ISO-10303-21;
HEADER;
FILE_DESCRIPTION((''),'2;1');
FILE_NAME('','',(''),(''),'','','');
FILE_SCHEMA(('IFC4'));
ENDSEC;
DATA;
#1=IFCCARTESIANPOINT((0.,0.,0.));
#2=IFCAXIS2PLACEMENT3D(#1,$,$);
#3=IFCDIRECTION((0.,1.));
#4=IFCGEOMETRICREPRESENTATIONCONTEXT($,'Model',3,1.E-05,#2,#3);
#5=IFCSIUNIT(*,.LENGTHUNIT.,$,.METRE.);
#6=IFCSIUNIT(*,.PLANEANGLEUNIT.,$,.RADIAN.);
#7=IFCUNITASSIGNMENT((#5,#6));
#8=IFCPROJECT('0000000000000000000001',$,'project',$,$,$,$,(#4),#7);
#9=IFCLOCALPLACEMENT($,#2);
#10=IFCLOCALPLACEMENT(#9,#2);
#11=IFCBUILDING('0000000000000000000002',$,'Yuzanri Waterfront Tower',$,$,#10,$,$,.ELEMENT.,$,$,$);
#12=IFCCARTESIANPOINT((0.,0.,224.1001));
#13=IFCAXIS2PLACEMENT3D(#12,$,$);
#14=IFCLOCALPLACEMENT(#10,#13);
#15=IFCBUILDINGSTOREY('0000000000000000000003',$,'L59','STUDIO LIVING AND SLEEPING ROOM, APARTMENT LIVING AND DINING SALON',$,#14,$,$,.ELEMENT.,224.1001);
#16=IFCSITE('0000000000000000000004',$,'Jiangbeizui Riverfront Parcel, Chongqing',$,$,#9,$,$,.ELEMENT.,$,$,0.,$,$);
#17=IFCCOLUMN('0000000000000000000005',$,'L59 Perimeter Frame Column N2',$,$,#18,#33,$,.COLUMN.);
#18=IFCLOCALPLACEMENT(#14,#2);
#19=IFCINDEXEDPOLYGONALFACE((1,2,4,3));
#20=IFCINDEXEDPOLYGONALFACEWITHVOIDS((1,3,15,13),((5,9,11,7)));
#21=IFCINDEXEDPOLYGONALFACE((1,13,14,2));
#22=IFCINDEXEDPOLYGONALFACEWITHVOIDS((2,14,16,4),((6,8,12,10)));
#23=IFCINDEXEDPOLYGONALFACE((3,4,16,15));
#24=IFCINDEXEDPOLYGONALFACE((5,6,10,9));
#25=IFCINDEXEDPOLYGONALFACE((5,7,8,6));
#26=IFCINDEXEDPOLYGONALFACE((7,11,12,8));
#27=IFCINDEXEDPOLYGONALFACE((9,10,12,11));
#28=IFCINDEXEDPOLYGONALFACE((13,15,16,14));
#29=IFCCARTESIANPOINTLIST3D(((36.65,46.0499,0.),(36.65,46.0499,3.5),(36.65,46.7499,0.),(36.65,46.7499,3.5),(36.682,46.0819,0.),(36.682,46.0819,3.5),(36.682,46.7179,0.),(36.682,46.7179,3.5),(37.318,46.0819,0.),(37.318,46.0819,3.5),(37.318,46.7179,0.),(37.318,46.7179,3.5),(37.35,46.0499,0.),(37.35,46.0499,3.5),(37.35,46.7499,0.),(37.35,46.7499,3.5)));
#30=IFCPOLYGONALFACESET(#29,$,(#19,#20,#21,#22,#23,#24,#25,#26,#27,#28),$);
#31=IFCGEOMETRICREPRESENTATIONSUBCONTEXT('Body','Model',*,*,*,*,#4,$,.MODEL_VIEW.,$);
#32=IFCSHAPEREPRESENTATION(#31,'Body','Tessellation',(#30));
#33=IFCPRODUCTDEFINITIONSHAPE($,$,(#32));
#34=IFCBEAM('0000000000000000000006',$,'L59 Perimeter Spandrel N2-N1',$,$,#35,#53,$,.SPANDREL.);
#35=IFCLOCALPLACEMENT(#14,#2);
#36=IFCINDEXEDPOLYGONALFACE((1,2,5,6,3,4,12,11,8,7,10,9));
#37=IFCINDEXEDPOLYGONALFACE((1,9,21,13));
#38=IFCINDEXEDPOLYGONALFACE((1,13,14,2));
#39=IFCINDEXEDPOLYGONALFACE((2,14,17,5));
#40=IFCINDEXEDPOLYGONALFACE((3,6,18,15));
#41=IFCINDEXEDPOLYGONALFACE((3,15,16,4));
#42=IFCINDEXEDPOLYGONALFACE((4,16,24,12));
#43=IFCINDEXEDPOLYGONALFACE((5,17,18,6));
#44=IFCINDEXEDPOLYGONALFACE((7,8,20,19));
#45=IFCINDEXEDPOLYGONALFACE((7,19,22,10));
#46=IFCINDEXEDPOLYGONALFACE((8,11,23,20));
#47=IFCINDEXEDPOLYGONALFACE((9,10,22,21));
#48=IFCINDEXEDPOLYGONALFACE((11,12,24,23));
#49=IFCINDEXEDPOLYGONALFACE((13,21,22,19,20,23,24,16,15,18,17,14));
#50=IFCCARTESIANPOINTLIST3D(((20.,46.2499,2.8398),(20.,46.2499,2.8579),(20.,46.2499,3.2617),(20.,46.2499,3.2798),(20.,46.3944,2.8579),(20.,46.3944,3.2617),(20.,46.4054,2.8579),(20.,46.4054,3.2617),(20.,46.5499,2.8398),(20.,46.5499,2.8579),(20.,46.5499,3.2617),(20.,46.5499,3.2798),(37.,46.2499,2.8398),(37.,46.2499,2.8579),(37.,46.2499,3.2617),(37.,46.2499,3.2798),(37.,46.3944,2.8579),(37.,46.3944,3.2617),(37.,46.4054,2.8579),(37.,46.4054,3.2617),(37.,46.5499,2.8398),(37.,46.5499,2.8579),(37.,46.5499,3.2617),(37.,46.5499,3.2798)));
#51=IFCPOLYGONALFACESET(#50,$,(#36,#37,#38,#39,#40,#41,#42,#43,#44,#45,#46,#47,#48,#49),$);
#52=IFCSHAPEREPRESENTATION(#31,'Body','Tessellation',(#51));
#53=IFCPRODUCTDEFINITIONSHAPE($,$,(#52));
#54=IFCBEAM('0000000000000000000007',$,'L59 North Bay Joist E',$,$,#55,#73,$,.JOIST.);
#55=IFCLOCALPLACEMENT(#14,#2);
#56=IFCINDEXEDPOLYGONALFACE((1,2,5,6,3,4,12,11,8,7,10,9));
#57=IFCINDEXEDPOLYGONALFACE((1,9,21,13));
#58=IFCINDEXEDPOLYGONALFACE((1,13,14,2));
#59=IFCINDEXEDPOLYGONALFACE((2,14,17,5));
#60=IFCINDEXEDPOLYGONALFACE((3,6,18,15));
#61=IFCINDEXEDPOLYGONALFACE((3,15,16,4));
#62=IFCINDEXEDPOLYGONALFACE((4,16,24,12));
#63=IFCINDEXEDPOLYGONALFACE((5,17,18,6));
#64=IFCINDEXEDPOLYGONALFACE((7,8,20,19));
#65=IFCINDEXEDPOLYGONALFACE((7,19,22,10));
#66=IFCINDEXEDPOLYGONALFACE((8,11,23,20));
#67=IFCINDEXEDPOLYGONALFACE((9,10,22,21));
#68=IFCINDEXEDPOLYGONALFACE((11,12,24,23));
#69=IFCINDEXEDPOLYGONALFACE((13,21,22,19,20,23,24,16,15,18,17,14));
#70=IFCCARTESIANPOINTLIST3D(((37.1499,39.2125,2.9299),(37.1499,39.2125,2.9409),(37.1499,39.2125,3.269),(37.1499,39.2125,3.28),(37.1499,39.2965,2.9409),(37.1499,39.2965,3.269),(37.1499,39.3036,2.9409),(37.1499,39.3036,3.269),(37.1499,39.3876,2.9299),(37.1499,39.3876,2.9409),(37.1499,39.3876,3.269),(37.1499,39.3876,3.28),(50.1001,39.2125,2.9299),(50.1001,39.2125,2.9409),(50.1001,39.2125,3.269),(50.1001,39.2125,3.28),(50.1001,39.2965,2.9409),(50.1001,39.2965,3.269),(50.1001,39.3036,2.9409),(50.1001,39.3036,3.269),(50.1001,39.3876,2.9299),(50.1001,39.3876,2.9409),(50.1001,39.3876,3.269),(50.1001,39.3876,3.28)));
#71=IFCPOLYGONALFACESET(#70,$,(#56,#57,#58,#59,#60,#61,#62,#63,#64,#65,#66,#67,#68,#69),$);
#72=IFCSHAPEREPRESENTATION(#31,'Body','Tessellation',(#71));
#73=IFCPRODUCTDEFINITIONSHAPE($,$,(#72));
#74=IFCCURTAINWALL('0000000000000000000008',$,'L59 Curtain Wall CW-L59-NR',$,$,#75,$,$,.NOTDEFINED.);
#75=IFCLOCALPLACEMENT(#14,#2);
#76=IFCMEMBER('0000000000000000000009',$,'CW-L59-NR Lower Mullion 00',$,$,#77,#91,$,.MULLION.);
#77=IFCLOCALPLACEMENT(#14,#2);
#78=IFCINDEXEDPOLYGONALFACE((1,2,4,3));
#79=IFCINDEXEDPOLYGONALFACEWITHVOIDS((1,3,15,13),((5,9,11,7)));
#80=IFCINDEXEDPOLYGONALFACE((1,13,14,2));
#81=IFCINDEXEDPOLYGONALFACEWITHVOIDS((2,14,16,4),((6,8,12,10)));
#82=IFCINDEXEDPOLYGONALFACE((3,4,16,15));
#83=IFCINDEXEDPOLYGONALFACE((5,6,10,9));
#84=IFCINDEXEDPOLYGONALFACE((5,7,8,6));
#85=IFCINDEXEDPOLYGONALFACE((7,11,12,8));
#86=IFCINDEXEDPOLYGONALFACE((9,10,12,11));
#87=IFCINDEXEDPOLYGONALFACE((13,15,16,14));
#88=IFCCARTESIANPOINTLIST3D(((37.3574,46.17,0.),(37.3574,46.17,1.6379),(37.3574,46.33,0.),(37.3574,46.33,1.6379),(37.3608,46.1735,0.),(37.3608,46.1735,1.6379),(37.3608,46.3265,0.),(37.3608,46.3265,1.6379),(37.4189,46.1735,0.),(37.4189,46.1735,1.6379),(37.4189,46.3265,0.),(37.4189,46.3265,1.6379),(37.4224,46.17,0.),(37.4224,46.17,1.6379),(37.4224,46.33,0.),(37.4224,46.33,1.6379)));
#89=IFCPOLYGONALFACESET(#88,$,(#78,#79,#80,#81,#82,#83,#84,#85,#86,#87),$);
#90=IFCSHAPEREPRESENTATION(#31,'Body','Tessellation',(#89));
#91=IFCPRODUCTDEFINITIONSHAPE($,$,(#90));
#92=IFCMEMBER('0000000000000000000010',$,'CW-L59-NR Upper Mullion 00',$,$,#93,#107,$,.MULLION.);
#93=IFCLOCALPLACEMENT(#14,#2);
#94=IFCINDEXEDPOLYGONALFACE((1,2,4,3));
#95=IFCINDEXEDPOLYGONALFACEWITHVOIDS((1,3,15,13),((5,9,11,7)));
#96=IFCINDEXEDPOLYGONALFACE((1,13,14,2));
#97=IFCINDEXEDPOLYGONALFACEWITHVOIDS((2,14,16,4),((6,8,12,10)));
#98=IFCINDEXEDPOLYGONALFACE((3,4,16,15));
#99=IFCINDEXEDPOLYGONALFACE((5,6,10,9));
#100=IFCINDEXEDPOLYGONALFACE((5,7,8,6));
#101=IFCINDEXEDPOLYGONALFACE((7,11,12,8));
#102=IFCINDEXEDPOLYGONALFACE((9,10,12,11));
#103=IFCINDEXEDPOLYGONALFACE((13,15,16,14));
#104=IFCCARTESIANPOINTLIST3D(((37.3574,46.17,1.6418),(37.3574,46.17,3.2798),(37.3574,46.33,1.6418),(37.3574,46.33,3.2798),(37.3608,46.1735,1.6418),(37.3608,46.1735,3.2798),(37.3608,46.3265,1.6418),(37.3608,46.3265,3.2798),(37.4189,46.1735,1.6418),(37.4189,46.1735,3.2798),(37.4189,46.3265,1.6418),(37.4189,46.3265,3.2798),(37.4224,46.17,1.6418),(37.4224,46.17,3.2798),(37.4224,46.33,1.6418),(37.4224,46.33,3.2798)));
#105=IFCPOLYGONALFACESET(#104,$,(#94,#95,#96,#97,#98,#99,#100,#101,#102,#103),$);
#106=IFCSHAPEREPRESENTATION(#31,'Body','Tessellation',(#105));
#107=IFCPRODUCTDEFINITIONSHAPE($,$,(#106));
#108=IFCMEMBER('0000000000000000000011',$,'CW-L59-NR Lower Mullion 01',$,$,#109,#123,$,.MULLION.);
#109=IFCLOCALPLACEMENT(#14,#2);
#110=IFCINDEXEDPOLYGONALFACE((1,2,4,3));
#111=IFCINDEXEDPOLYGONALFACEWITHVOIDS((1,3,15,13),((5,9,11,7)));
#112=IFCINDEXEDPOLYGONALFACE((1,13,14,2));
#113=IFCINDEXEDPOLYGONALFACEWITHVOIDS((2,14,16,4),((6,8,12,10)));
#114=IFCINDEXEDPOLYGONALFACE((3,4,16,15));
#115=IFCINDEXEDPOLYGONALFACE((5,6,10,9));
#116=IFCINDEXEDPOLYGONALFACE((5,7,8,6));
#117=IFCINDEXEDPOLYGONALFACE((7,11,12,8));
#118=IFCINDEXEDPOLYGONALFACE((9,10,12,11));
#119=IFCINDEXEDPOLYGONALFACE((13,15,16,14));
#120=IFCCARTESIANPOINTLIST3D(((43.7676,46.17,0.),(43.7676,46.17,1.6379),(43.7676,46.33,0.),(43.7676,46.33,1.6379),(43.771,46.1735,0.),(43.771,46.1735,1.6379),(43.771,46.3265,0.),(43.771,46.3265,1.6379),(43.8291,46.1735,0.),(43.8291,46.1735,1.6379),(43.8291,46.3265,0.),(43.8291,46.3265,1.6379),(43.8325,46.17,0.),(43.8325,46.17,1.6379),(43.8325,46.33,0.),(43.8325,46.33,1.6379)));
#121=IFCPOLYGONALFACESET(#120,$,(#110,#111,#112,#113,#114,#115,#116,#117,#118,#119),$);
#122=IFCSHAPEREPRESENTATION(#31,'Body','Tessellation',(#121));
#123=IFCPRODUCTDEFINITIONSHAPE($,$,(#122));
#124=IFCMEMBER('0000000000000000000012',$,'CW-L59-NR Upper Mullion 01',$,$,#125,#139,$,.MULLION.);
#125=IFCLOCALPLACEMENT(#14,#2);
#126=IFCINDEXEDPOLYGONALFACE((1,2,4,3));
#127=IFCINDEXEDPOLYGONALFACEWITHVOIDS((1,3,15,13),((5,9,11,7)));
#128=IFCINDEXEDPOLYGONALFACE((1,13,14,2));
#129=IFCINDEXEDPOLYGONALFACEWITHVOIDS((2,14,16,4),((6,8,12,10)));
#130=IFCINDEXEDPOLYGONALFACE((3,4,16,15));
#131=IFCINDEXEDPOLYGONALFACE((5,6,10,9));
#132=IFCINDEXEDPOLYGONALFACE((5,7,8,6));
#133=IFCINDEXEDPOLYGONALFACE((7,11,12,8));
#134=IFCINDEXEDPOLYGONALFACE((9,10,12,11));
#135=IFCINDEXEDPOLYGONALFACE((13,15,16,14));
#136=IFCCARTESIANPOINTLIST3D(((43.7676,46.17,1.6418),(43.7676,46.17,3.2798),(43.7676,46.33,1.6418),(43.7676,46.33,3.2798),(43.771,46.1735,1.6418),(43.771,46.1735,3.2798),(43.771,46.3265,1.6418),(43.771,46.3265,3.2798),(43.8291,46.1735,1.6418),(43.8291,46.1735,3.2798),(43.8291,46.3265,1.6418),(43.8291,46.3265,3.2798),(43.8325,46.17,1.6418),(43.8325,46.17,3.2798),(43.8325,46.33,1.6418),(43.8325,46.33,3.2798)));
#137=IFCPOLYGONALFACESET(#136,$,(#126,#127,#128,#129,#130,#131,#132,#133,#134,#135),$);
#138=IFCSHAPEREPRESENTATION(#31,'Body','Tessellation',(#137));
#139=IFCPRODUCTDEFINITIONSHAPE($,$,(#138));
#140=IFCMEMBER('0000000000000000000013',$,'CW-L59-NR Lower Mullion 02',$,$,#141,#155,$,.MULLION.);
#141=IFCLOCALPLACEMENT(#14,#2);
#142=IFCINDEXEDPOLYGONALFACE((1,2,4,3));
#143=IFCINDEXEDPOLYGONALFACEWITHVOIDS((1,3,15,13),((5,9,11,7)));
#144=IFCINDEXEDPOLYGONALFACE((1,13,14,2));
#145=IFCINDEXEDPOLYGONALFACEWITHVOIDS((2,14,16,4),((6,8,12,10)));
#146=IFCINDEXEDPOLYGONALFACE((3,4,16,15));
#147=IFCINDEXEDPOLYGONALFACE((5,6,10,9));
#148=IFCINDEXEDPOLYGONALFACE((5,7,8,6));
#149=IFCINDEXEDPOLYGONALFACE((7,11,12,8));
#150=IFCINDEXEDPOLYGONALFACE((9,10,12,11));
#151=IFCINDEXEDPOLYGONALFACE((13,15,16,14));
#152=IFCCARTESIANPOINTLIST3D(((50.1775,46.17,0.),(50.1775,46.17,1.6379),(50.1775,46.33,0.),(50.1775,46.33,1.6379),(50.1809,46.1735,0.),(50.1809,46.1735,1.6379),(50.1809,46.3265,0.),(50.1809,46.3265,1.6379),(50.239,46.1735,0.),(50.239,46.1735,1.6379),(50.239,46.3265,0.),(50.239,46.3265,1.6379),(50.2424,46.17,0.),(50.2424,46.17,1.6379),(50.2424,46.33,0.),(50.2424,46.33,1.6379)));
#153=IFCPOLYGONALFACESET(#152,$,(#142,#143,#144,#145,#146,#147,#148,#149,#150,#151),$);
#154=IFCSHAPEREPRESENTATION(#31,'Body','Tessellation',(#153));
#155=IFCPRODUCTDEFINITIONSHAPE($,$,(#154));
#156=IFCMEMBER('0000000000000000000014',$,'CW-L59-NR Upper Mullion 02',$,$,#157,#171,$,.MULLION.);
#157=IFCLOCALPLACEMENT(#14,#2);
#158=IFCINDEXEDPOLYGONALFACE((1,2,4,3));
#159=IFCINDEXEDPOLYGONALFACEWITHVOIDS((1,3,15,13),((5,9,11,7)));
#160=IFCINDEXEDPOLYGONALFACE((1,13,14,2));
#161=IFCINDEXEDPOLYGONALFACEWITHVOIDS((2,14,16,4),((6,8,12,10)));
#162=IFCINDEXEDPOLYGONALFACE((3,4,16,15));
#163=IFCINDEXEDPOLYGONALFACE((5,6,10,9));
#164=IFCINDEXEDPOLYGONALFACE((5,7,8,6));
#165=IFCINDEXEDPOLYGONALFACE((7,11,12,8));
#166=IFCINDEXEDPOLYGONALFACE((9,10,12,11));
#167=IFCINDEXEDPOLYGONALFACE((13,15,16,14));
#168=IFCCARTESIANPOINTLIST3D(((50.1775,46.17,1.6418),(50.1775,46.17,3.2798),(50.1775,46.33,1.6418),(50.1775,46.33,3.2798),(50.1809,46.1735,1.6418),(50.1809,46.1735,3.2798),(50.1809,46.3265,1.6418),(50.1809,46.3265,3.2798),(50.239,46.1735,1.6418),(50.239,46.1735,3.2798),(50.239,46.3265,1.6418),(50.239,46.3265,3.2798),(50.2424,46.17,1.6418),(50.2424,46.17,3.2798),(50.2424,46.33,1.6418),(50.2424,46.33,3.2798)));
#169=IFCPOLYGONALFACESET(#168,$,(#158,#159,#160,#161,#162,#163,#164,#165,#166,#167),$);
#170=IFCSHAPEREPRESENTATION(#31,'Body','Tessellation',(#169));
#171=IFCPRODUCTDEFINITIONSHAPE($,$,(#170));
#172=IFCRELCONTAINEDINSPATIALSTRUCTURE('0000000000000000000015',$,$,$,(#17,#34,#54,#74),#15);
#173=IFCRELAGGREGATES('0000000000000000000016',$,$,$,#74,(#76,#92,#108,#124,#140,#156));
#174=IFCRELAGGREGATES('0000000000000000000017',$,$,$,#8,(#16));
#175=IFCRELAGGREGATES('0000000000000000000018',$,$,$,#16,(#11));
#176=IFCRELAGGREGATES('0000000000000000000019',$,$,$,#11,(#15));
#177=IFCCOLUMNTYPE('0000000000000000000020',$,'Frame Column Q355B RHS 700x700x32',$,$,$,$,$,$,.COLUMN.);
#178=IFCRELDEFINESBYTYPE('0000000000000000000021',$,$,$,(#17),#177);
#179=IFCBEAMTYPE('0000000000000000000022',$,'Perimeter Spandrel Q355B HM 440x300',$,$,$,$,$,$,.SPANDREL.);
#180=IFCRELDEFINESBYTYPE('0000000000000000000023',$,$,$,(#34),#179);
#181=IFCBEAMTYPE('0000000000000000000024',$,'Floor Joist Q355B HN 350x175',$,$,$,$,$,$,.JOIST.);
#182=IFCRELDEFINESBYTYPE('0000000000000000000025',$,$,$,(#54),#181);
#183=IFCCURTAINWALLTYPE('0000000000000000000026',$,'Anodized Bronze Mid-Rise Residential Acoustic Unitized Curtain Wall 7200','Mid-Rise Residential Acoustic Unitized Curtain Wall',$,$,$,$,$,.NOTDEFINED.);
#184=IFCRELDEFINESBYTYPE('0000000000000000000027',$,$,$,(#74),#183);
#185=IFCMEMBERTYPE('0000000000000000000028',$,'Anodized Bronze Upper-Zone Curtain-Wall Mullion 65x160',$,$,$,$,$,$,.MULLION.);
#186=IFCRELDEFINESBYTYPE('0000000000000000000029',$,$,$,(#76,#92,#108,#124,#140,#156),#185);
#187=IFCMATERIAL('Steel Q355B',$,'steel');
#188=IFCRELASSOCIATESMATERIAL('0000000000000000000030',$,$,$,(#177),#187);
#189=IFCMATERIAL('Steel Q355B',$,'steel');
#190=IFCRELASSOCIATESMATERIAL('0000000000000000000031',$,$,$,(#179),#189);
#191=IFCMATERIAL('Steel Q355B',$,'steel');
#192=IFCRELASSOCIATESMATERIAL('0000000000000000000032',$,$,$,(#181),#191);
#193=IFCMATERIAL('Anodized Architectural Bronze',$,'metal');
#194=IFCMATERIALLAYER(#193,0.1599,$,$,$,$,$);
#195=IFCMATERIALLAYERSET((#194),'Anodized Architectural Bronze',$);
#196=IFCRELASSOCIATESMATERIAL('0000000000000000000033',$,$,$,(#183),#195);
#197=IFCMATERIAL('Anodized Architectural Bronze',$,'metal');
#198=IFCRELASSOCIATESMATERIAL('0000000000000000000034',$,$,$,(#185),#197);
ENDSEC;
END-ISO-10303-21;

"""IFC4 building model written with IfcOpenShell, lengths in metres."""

from ifc_helpers import new_model, si_unit, direction, frame, origin, origin_2d, place, context, subcontext, project, spatial, hollow_rectangle, i_section, extrude, source, transform, mapped, material, layer, layer_set, material_profile, profile_set, type_object, element, aggregate, save


model = new_model("IFC4")

# Units and contexts
model_context = context("Model", 3, precision=1e-05, world=origin(), true_north=direction((0.0, 1.0)))
body_context = subcontext(model_context, "Body", "Model", "MODEL_VIEW")
ifc_project = project(units=[si_unit("LENGTHUNIT", "METRE"), si_unit("PLANEANGLEUNIT", "RADIAN")], contexts=[model_context])

# Site, building, storey
site_placement = place(None, origin())
site = spatial("IfcSite", under=ifc_project, at=site_placement, Name="Jiangbeizui Riverfront Parcel, Chongqing", CompositionType="ELEMENT", RefElevation=0.0)
building_placement = place(site_placement, origin())
building = spatial("IfcBuilding", under=site, at=building_placement, Name="Yuzanri Waterfront Tower", CompositionType="ELEMENT")
storey_placement = place(building_placement, frame((0.0, 0.0, 224.1001)))
storey = spatial("IfcBuildingStorey", under=building, at=storey_placement, Name="L59", Description="STUDIO LIVING AND SLEEPING ROOM, APARTMENT LIVING AND DINING SALON", CompositionType="ELEMENT", Elevation=224.1001)

# Column
ifc_material_1 = material(Name="Steel Q355B", Category="steel")
ifc_material_profile_1 = material_profile(ifc_material_1, hollow_rectangle(XDim=0.7, YDim=0.7, WallThickness=0.032, at=origin_2d()), Name="RHS 700x700x32")
ifc_profile_set_1 = profile_set([ifc_material_profile_1], Name="Steel Q355B")
column_type = type_object("IfcColumnType", Name="Frame Column Q355B RHS 700x700x32", PredefinedType="COLUMN", material=ifc_profile_set_1)
shared_shape_1 = source(origin(), body_context, "Body", "SweptSolid", [
    extrude(hollow_rectangle(XDim=0.7, YDim=0.7, WallThickness=0.032, at=origin_2d()), origin(), (0.0, 0.0, 1.0), 3.5),
])
column_placement = place(storey_placement, frame((37.0, 46.3999, 0.0), z_axis=(0.0, 0.0, 1.0), x_axis=(1.0, 0.0, 0.0)))
element("IfcColumn", 1, at=column_placement, inside=storey, type_object=column_type, Name="L59 Perimeter Frame Column N2", PredefinedType="COLUMN", context=body_context, shape_type="MappedRepresentation", body=[
    mapped(shared_shape_1, transform((0.0, 0.0, 0.0), scale=1.0)),
])

# Beams
ifc_material_2 = material(Name="Steel Q355B", Category="steel")
ifc_material_profile_2 = material_profile(ifc_material_2, i_section(OverallWidth=0.3, OverallDepth=0.4399, WebThickness=0.011, FlangeThickness=0.0181, at=origin_2d()), Name="HM 440x300x11x18")
ifc_profile_set_2 = profile_set([ifc_material_profile_2], Name="Steel Q355B")
beam_type_1 = type_object("IfcBeamType", Name="Perimeter Spandrel Q355B HM 440x300", PredefinedType="SPANDREL", material=ifc_profile_set_2)
shared_shape_2 = source(origin(), body_context, "Body", "SweptSolid", [
    extrude(i_section(OverallWidth=0.3, OverallDepth=0.4399, WebThickness=0.011, FlangeThickness=0.0181, at=origin_2d()), origin(), (0.0, 0.0, 1.0), 17.0),
])
beam_1_placement = place(storey_placement, frame((37.0, 46.3999, 3.0598), z_axis=(-1.0, 0.0, 0.0), x_axis=(0.0, -1.0, 0.0)))
element("IfcBeam", 2, at=beam_1_placement, inside=storey, type_object=beam_type_1, Name="L59 Perimeter Spandrel N2-N1", PredefinedType="SPANDREL", context=body_context, shape_type="MappedRepresentation", body=[
    mapped(shared_shape_2, transform((0.0, 0.0, 0.0), scale=1.0)),
])
ifc_material_3 = material(Name="Steel Q355B", Category="steel")
ifc_material_profile_3 = material_profile(ifc_material_3, i_section(OverallWidth=0.175, OverallDepth=0.3501, WebThickness=0.0071, FlangeThickness=0.011, at=origin_2d()), Name="HN 350x175x7x11")
ifc_profile_set_3 = profile_set([ifc_material_profile_3], Name="Steel Q355B")
beam_type_2 = type_object("IfcBeamType", Name="Floor Joist Q355B HN 350x175", PredefinedType="JOIST", material=ifc_profile_set_3)
shared_shape_3 = source(origin(), body_context, "Body", "SweptSolid", [
    extrude(i_section(OverallWidth=0.175, OverallDepth=0.3501, WebThickness=0.0071, FlangeThickness=0.011, at=origin_2d()), origin(), (0.0, 0.0, 1.0), 12.9502),
])
beam_2_placement = place(storey_placement, frame((37.1499, 39.3, 3.105), z_axis=(1.0, 0.0, 0.0), x_axis=(0.0, 1.0, 0.0)))
element("IfcBeam", 3, at=beam_2_placement, inside=storey, type_object=beam_type_2, Name="L59 North Bay Joist E", PredefinedType="JOIST", context=body_context, shape_type="MappedRepresentation", body=[
    mapped(shared_shape_3, transform((0.0, 0.0, 0.0), scale=1.0)),
])

# Curtain wall, members
ifc_material_4 = material(Name="Anodized Architectural Bronze", Category="metal")
ifc_layer_1 = layer(ifc_material_4, 0.1599)
ifc_layer_set_1 = layer_set([ifc_layer_1], Name="Anodized Architectural Bronze")
curtain_wall_type = type_object("IfcCurtainWallType", Name="Anodized Bronze Mid-Rise Residential Acoustic Unitized Curtain Wall 7200", Description="Mid-Rise Residential Acoustic Unitized Curtain Wall", PredefinedType="NOTDEFINED", material=ifc_layer_set_1)
curtain_wall_placement = place(storey_placement, origin())
curtain_wall = element("IfcCurtainWall", 4, at=curtain_wall_placement, inside=storey, type_object=curtain_wall_type, Name="L59 Curtain Wall CW-L59-NR", PredefinedType="NOTDEFINED")
ifc_material_5 = material(Name="Anodized Architectural Bronze", Category="metal")
ifc_material_profile_4 = material_profile(ifc_material_5, hollow_rectangle(XDim=0.0649, YDim=0.1599, WallThickness=0.0034, at=origin_2d()), Name="CWM 65x160")
ifc_profile_set_4 = profile_set([ifc_material_profile_4], Name="Anodized Architectural Bronze")
member_type_1 = type_object("IfcMemberType", Name="Anodized Bronze Upper-Zone Curtain-Wall Mullion 65x160", PredefinedType="MULLION", material=ifc_profile_set_4)
shared_shape_4 = source(origin(), body_context, "Body", "SweptSolid", [
    extrude(hollow_rectangle(XDim=0.0649, YDim=0.1599, WallThickness=0.0034, at=origin_2d()), origin(), (0.0, 0.0, 1.0), 1.6379),
])
member_1_placement = place(storey_placement, frame((37.3899, 46.25, 0.0), z_axis=(0.0, 0.0, 1.0), x_axis=(1.0, 0.0, 0.0)))
member_1 = element("IfcMember", 5, at=member_1_placement, type_object=member_type_1, Name="CW-L59-NR Lower Mullion 00", PredefinedType="MULLION", context=body_context, shape_type="MappedRepresentation", body=[
    mapped(shared_shape_4, transform((0.0, 0.0, 0.0), scale=1.0)),
])
member_2_placement = place(storey_placement, frame((37.3899, 46.25, 1.6418), z_axis=(0.0, 0.0, 1.0), x_axis=(1.0, 0.0, 0.0)))
member_2 = element("IfcMember", 6, at=member_2_placement, type_object=member_type_1, Name="CW-L59-NR Upper Mullion 00", PredefinedType="MULLION", context=body_context, shape_type="MappedRepresentation", body=[
    mapped(shared_shape_4, transform((0.0, 0.0, 0.0), scale=1.0)),
])
member_3_placement = place(storey_placement, frame((43.8, 46.25, 0.0), z_axis=(0.0, 0.0, 1.0), x_axis=(1.0, 0.0, 0.0)))
member_3 = element("IfcMember", 7, at=member_3_placement, type_object=member_type_1, Name="CW-L59-NR Lower Mullion 01", PredefinedType="MULLION", context=body_context, shape_type="MappedRepresentation", body=[
    mapped(shared_shape_4, transform((0.0, 0.0, 0.0), scale=1.0)),
])
member_4_placement = place(storey_placement, frame((43.8, 46.25, 1.6418), z_axis=(0.0, 0.0, 1.0), x_axis=(1.0, 0.0, 0.0)))
member_4 = element("IfcMember", 8, at=member_4_placement, type_object=member_type_1, Name="CW-L59-NR Upper Mullion 01", PredefinedType="MULLION", context=body_context, shape_type="MappedRepresentation", body=[
    mapped(shared_shape_4, transform((0.0, 0.0, 0.0), scale=1.0)),
])
member_5_placement = place(storey_placement, frame((50.21, 46.25, 0.0), z_axis=(0.0, 0.0, 1.0), x_axis=(1.0, 0.0, 0.0)))
member_5 = element("IfcMember", 9, at=member_5_placement, type_object=member_type_1, Name="CW-L59-NR Lower Mullion 02", PredefinedType="MULLION", context=body_context, shape_type="MappedRepresentation", body=[
    mapped(shared_shape_4, transform((0.0, 0.0, 0.0), scale=1.0)),
])
member_6_placement = place(storey_placement, frame((50.21, 46.25, 1.6418), z_axis=(0.0, 0.0, 1.0), x_axis=(1.0, 0.0, 0.0)))
member_6 = element("IfcMember", 10, at=member_6_placement, type_object=member_type_1, Name="CW-L59-NR Upper Mullion 02", PredefinedType="MULLION", context=body_context, shape_type="MappedRepresentation", body=[
    mapped(shared_shape_4, transform((0.0, 0.0, 0.0), scale=1.0)),
])
aggregate(curtain_wall, [member_1, member_2, member_3, member_4, member_5, member_6])

save(model, "model.ifc")
